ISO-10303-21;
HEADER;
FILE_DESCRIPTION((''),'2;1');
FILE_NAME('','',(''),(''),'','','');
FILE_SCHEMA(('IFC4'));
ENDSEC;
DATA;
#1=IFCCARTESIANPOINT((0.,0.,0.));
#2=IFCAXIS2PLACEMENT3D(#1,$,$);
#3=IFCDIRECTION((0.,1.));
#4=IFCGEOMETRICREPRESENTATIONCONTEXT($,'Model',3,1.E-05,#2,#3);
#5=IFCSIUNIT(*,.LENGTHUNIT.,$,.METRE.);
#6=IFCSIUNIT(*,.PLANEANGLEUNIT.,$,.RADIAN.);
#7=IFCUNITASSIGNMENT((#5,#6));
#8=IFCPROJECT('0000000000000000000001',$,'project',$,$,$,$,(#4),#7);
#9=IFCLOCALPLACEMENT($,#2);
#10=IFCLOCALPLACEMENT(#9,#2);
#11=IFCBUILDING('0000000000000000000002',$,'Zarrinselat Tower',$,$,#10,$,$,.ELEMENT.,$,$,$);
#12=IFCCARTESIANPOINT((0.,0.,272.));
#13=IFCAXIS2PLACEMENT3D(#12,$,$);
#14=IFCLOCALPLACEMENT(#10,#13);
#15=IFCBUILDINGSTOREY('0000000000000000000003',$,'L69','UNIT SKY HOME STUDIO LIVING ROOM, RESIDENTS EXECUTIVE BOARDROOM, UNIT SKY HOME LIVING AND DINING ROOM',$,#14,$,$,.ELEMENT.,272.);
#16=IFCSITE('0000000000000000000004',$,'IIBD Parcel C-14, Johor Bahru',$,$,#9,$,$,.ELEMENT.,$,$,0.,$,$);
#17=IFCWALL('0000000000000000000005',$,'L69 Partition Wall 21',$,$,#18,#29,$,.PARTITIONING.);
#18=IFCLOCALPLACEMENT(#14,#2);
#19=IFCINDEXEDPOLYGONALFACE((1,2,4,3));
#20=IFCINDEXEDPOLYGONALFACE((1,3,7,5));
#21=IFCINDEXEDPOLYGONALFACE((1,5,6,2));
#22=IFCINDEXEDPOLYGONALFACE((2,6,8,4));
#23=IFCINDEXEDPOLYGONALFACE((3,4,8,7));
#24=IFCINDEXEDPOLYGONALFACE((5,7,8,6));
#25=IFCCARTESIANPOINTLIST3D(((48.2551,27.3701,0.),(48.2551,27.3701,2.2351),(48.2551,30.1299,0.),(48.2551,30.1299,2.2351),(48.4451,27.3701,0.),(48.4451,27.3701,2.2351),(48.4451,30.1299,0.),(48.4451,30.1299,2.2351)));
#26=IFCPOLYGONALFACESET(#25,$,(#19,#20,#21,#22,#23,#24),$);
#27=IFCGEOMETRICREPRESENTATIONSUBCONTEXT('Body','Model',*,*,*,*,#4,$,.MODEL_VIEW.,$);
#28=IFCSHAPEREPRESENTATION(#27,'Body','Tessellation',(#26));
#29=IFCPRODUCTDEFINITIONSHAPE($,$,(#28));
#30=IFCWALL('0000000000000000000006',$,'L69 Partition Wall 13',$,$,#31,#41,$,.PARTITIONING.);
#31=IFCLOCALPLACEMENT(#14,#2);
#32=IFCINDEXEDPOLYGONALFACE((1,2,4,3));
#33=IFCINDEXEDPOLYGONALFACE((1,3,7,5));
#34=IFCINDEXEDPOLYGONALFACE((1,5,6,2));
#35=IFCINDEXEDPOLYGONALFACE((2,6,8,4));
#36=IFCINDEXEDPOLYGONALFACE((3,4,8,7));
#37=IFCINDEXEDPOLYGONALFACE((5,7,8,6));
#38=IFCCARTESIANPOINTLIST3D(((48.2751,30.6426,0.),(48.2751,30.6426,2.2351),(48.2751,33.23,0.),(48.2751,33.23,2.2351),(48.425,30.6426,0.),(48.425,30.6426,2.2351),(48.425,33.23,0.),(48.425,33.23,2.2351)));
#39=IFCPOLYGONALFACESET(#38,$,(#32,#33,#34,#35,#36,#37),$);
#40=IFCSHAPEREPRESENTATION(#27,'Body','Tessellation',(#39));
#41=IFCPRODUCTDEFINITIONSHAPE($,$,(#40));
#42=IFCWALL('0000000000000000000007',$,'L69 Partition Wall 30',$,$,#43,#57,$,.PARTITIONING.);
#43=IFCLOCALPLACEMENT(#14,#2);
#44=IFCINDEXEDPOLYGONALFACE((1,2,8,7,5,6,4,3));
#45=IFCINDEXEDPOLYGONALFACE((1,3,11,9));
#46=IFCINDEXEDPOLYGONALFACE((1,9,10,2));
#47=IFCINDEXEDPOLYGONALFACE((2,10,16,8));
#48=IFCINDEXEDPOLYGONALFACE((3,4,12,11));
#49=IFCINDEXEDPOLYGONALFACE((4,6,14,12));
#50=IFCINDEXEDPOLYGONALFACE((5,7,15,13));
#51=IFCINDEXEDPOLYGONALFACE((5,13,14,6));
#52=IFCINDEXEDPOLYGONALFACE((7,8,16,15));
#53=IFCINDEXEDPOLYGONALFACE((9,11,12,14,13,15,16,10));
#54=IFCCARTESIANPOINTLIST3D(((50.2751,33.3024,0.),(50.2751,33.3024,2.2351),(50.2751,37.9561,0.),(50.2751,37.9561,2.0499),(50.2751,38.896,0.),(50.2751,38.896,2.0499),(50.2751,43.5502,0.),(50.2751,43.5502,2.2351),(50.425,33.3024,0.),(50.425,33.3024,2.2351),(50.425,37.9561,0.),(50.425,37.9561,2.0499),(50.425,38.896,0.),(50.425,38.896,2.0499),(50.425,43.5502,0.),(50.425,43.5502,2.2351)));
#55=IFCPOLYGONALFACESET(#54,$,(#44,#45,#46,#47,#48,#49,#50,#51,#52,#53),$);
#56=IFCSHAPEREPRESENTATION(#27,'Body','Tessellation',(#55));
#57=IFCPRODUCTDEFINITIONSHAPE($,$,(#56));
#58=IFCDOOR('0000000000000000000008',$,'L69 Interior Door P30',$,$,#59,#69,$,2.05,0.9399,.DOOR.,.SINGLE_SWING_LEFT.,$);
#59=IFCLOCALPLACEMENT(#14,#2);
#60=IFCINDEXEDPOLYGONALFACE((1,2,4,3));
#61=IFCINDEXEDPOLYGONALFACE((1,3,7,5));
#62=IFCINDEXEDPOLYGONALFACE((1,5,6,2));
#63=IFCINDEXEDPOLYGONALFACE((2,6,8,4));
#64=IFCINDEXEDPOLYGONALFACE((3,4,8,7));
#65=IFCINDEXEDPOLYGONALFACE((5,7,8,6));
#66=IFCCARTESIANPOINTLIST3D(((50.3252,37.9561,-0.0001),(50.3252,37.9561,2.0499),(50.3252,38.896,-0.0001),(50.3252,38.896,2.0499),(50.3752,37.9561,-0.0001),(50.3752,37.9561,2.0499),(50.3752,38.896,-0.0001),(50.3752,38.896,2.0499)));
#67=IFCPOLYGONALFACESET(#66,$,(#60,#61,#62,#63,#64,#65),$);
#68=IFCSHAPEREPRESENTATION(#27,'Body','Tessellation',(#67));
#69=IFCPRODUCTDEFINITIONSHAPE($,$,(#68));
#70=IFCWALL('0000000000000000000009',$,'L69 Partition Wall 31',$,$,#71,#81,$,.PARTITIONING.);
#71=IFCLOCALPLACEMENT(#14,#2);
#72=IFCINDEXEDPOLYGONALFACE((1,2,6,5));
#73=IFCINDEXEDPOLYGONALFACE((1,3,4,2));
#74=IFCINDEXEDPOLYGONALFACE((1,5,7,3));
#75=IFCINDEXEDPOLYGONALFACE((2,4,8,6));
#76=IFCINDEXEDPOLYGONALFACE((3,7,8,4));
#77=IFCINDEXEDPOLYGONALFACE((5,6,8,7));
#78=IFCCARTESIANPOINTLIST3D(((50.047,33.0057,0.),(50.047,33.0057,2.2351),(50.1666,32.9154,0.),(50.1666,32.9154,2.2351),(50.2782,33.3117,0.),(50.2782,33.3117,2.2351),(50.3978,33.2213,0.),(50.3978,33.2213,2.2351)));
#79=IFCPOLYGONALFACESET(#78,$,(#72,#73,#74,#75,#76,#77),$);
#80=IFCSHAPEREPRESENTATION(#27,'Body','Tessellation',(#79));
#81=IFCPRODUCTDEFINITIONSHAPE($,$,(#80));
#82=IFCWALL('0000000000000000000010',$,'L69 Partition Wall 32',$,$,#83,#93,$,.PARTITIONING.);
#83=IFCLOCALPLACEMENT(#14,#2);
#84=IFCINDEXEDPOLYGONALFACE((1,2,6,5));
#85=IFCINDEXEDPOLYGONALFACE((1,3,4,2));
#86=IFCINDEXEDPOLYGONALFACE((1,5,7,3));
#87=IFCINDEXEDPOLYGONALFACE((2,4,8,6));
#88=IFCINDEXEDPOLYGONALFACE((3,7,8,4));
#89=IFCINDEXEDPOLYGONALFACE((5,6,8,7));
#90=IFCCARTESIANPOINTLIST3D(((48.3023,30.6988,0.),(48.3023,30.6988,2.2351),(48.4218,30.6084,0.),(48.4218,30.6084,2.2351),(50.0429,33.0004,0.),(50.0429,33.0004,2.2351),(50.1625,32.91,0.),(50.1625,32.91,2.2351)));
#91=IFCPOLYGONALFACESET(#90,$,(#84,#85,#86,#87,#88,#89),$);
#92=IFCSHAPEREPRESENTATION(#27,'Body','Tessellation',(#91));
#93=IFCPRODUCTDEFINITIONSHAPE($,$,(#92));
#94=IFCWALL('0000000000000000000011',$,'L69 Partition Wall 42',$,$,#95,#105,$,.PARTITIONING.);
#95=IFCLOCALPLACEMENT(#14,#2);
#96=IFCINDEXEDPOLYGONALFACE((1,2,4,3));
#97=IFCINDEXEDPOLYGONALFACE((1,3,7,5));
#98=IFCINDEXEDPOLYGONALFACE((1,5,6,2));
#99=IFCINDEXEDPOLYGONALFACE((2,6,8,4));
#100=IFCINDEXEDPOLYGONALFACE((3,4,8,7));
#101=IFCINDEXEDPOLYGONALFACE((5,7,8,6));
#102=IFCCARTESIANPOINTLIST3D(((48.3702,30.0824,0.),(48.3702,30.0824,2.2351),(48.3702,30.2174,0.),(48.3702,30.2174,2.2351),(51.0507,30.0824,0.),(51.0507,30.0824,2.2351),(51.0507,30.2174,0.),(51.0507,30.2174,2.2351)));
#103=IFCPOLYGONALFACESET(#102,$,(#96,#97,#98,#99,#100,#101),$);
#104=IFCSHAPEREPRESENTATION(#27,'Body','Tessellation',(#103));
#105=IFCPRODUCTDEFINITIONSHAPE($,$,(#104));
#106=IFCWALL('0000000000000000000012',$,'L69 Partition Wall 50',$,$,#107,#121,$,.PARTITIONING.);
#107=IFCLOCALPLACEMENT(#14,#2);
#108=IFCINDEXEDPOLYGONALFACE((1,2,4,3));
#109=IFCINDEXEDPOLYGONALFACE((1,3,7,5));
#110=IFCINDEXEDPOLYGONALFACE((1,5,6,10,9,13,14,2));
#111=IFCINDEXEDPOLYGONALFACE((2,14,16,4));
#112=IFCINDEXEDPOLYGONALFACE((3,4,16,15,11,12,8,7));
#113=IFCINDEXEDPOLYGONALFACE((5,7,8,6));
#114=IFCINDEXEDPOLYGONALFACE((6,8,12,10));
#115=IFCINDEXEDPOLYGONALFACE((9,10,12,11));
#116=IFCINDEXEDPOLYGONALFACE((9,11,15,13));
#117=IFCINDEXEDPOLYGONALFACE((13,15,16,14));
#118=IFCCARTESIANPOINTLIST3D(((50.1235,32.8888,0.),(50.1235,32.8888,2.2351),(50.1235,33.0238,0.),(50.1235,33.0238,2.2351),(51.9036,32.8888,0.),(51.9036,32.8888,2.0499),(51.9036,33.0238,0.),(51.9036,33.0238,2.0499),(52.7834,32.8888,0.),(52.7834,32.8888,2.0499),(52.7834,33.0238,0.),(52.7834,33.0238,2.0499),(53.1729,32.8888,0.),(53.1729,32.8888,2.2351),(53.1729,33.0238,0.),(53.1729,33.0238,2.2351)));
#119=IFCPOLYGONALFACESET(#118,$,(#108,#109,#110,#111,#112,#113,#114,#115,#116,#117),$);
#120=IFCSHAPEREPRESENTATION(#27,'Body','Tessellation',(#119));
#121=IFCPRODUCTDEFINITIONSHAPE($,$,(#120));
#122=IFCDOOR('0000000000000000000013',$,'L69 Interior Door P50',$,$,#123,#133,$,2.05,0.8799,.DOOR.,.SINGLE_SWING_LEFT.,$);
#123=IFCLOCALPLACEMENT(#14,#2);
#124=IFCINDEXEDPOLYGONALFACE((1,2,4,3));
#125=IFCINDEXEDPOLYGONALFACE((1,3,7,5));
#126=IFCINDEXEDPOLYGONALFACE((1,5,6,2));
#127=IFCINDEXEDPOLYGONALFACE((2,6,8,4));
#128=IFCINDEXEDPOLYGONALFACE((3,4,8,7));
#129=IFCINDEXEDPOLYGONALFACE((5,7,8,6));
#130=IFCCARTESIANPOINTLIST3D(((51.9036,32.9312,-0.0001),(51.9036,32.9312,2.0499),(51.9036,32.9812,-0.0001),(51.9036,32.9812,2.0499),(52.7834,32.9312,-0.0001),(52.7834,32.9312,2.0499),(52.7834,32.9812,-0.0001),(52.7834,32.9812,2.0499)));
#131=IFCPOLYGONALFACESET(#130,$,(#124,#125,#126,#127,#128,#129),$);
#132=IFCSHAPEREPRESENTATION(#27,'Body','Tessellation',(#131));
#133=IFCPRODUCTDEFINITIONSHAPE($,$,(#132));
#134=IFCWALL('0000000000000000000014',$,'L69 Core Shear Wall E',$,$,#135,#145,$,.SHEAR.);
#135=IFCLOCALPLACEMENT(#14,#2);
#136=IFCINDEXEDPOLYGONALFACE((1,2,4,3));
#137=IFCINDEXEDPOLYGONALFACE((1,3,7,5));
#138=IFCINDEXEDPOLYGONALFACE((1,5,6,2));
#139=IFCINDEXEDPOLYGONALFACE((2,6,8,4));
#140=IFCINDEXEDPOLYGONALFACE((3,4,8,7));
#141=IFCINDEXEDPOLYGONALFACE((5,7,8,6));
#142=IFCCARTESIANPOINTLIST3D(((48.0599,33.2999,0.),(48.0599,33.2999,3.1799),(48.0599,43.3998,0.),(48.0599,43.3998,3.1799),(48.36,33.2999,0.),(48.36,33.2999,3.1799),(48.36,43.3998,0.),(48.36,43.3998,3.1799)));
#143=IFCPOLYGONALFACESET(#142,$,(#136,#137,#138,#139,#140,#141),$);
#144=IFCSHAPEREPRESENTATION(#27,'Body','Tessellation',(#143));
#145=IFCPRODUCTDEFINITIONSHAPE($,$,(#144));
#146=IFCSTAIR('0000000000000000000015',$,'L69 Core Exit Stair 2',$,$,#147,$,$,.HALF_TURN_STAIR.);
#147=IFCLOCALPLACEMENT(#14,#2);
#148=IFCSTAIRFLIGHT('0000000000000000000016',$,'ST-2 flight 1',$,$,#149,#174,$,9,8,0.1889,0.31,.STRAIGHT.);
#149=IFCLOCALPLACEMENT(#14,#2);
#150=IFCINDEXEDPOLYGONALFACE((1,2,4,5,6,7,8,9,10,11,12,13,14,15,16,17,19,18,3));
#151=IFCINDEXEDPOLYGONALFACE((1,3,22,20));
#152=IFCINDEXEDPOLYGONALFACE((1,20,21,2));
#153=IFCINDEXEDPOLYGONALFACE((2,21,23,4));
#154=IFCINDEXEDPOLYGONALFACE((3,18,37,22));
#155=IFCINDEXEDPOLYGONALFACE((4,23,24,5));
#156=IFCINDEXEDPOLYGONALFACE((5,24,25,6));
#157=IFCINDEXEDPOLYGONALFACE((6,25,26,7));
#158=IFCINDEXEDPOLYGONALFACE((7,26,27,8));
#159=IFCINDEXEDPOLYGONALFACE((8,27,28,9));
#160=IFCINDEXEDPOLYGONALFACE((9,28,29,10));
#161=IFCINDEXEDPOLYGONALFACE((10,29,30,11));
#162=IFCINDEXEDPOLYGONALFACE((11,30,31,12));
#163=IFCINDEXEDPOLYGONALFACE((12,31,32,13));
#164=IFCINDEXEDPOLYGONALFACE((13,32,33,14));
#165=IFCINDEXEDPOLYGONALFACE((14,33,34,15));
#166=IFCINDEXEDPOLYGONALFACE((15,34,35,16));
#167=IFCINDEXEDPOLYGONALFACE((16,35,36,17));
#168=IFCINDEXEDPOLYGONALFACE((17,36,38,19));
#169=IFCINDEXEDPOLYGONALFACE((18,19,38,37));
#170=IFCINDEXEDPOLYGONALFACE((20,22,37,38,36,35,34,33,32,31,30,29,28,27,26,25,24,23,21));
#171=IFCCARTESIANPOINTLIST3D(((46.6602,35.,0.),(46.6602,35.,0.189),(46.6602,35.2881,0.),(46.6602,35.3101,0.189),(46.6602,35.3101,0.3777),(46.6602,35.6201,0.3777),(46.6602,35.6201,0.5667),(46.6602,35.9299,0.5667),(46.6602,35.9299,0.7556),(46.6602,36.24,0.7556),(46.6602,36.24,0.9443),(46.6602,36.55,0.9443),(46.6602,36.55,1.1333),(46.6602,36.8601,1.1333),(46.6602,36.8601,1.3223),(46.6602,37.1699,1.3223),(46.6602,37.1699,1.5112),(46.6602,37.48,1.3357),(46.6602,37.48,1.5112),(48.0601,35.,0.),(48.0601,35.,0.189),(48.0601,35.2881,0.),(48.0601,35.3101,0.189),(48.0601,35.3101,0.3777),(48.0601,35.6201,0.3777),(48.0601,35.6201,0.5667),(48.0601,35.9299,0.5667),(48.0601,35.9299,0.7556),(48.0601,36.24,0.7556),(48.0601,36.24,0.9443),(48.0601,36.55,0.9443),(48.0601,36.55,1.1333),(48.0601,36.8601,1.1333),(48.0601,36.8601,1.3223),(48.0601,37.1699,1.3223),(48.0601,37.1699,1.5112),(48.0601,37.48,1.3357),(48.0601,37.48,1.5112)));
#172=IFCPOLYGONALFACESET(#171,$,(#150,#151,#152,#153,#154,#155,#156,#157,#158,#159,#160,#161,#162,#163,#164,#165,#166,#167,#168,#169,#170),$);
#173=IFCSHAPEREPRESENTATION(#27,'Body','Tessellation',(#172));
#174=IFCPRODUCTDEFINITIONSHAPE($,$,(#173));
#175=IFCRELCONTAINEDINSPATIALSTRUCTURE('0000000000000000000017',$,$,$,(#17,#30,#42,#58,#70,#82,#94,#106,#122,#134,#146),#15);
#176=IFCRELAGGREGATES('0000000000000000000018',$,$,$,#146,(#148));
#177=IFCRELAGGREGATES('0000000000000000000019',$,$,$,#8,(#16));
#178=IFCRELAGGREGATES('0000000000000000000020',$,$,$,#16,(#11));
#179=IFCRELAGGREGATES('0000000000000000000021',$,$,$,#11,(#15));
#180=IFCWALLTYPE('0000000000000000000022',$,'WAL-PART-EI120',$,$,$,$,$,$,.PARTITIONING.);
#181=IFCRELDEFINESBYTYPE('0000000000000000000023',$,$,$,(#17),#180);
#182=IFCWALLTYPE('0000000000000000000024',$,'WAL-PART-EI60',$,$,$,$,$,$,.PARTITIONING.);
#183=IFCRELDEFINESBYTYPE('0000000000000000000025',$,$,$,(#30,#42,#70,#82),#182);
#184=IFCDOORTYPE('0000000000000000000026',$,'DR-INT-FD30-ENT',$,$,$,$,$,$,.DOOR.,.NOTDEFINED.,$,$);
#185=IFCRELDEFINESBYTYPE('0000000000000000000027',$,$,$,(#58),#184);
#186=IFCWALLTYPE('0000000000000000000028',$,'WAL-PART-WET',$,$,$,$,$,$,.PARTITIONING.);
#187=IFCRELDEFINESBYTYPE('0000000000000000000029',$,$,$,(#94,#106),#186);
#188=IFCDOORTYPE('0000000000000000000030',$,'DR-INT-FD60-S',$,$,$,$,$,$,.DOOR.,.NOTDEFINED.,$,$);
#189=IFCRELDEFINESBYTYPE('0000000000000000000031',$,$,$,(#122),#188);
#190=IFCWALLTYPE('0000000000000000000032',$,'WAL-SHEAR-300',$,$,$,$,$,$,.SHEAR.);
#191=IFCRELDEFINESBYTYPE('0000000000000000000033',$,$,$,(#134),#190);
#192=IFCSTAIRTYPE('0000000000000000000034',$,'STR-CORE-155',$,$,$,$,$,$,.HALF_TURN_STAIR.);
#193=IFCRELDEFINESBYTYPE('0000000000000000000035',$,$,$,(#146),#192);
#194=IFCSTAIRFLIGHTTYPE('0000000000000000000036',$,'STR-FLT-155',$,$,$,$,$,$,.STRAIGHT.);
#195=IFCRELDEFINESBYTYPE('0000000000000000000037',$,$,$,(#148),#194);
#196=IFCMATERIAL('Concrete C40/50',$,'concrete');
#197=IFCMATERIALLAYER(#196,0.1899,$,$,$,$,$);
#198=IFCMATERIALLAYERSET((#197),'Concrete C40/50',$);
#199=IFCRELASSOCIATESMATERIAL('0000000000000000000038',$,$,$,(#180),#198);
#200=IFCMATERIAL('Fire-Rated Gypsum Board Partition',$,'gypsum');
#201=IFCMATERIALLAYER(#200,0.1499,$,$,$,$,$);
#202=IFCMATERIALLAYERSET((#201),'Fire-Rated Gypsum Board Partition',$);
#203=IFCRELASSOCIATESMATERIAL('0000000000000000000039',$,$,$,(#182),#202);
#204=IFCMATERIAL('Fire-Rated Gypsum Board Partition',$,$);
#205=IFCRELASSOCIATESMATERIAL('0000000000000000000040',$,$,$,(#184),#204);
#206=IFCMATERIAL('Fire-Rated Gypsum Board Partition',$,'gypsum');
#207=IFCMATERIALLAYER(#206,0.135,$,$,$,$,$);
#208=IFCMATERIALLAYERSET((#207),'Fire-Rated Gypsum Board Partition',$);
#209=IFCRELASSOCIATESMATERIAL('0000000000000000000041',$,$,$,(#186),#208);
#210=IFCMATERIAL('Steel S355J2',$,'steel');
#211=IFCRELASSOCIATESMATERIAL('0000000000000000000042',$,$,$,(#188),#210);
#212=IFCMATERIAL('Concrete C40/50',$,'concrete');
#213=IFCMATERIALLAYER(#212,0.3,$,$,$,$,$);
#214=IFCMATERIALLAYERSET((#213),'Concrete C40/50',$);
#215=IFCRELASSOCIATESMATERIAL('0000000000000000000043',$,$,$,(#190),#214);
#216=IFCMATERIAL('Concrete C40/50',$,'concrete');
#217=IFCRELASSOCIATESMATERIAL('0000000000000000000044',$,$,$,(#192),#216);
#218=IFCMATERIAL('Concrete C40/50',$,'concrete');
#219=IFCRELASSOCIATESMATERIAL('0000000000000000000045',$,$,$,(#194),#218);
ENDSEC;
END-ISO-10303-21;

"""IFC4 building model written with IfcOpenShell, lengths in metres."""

from ifc_helpers import new_model, si_unit, direction, frame, frame_2d, origin, place, context, subcontext, project, spatial, polyline, rectangle, outline, extrude, material, layer, layer_set, type_object, element, fill, aggregate, save


model = new_model("IFC4")

# Units and contexts
model_context = context("Model", 3, precision=1e-05, world=origin(), true_north=direction((0.0, 1.0)))
body_context = subcontext(model_context, "Body", "Model", "MODEL_VIEW")
ifc_project = project(units=[si_unit("LENGTHUNIT", "METRE"), si_unit("PLANEANGLEUNIT", "RADIAN")], contexts=[model_context])

# Site, building, storey
site_placement = place(None, origin())
site = spatial("IfcSite", under=ifc_project, at=site_placement, Name="IIBD Parcel C-14, Johor Bahru", CompositionType="ELEMENT", RefElevation=0.0)
building_placement = place(site_placement, origin())
building = spatial("IfcBuilding", under=site, at=building_placement, Name="Zarrinselat Tower", CompositionType="ELEMENT")
storey_placement = place(building_placement, frame((0.0, 0.0, 272.0)))
storey = spatial("IfcBuildingStorey", under=building, at=storey_placement, Name="L69", Description="UNIT SKY HOME STUDIO LIVING ROOM, RESIDENTS EXECUTIVE BOARDROOM, UNIT SKY HOME LIVING AND DINING ROOM", CompositionType="ELEMENT", Elevation=272.0)

# Walls
ifc_material_1 = material(Name="Concrete C40/50", Category="concrete")
ifc_layer_1 = layer(ifc_material_1, 0.1899)
ifc_layer_set_1 = layer_set([ifc_layer_1], Name="Concrete C40/50")
wall_type_1 = type_object("IfcWallType", Name="WAL-PART-EI120", PredefinedType="PARTITIONING", material=ifc_layer_set_1)
wall_1_placement = place(storey_placement, frame((48.3501, 27.3701, 0.0), z_axis=(0.0, 0.0, 1.0), x_axis=(0.0, 1.0, 0.0)))
element("IfcWall", 1, at=wall_1_placement, inside=storey, type_object=wall_type_1, Name="L69 Partition Wall 21", PredefinedType="PARTITIONING", context=body_context, shape_type="SweptSolid", body=[
    extrude(rectangle(XDim=2.7598, YDim=0.1899, at=frame_2d((1.3799, 0.0))), origin(), (0.0, 0.0, 1.0), 2.2351),
])
ifc_material_2 = material(Name="Fire-Rated Gypsum Board Partition", Category="gypsum")
ifc_layer_2 = layer(ifc_material_2, 0.1499)
ifc_layer_set_2 = layer_set([ifc_layer_2], Name="Fire-Rated Gypsum Board Partition")
wall_type_2 = type_object("IfcWallType", Name="WAL-PART-EI60", PredefinedType="PARTITIONING", material=ifc_layer_set_2)
wall_2_placement = place(storey_placement, frame((48.3501, 30.6426, 0.0), z_axis=(0.0, 0.0, 1.0), x_axis=(0.0, 1.0, 0.0)))
element("IfcWall", 2, at=wall_2_placement, inside=storey, type_object=wall_type_2, Name="L69 Partition Wall 13", PredefinedType="PARTITIONING", context=body_context, shape_type="SweptSolid", body=[
    extrude(rectangle(XDim=2.5874, YDim=0.1499, at=frame_2d((1.2937, 0.0))), origin(), (0.0, 0.0, 1.0), 2.2351),
])

# Wall, opening, door
wall_3_placement = place(storey_placement, frame((50.3501, 33.3022, 0.0), z_axis=(0.0, 0.0, 1.0), x_axis=(0.0, 1.0, 0.0)))
wall_3 = element("IfcWall", 3, at=wall_3_placement, inside=storey, type_object=wall_type_2, Name="L69 Partition Wall 30", PredefinedType="PARTITIONING", context=body_context, shape_type="SweptSolid", body=[
    extrude(rectangle(XDim=10.2478, YDim=0.1499, at=frame_2d((5.124, 0.0))), origin(), (0.0, 0.0, 1.0), 2.2351),
])
opening_1_placement = place(wall_3_placement, frame((4.6538, 0.0, 0.0)))
opening_1 = element("IfcOpeningElement", 4, at=opening_1_placement, cuts=wall_3, PredefinedType="OPENING", context=body_context, shape_type="SweptSolid", body=[
    extrude(rectangle(XDim=0.9399, YDim=2.05, at=frame_2d((0.47, 1.0249))), frame((0.0, 0.085, 0.0), z_axis=(0.0, -1.0, 0.0), x_axis=(1.0, 0.0, 0.0)), (0.0, 0.0, 1.0), 0.1699),
])
ifc_material_3 = material(Name="Fire-Rated Gypsum Board Partition")
door_type_1 = type_object("IfcDoorType", Name="DR-INT-FD30-ENT", OperationType="NOTDEFINED", PredefinedType="DOOR", material=ifc_material_3)
door_1_placement = place(opening_1_placement, origin())
door_1 = element("IfcDoor", 5, at=door_1_placement, inside=storey, type_object=door_type_1, Name="L69 Interior Door P30", OperationType="SINGLE_SWING_LEFT", OverallHeight=2.05, OverallWidth=0.9399, PredefinedType="DOOR", context=body_context, shape_type="SweptSolid", body=[
    extrude(rectangle(XDim=0.9399, YDim=2.05, at=frame_2d((0.47, 1.0249))), frame((0.0, 0.0249, 0.0), z_axis=(0.0, -1.0, 0.0), x_axis=(1.0, 0.0, 0.0)), (0.0, 0.0, 1.0), 0.05),
])
fill(opening_1, door_1)

# Walls
wall_4_placement = place(storey_placement, frame((50.1067, 32.9604, 0.0), z_axis=(0.0, 0.0, 1.0), x_axis=(0.60295, 0.797779, 0.0)))
element("IfcWall", 6, at=wall_4_placement, inside=storey, type_object=wall_type_2, Name="L69 Partition Wall 31", PredefinedType="PARTITIONING", context=body_context, shape_type="SweptSolid", body=[
    extrude(rectangle(XDim=0.3835, YDim=0.1499, at=frame_2d((0.1919, 0.0))), origin(), (0.0, 0.0, 1.0), 2.2351),
])
wall_5_placement = place(storey_placement, frame((48.3621, 30.6536, 0.0), z_axis=(0.0, 0.0, 1.0), x_axis=(0.60319, 0.797598, 0.0)))
element("IfcWall", 7, at=wall_5_placement, inside=storey, type_object=wall_type_2, Name="L69 Partition Wall 32", PredefinedType="PARTITIONING", context=body_context, shape_type="SweptSolid", body=[
    extrude(rectangle(XDim=2.8857, YDim=0.1499, at=frame_2d((1.4429, 0.0))), origin(), (0.0, 0.0, 1.0), 2.2351),
])
ifc_material_4 = material(Name="Fire-Rated Gypsum Board Partition", Category="gypsum")
ifc_layer_3 = layer(ifc_material_4, 0.135)
ifc_layer_set_3 = layer_set([ifc_layer_3], Name="Fire-Rated Gypsum Board Partition")
wall_type_3 = type_object("IfcWallType", Name="WAL-PART-WET", PredefinedType="PARTITIONING", material=ifc_layer_set_3)
wall_6_placement = place(storey_placement, frame((48.3701, 30.1499, 0.0), z_axis=(0.0, 0.0, 1.0), x_axis=(1.0, 0.0, 0.0)))
element("IfcWall", 8, at=wall_6_placement, inside=storey, type_object=wall_type_3, Name="L69 Partition Wall 42", PredefinedType="PARTITIONING", context=body_context, shape_type="SweptSolid", body=[
    extrude(rectangle(XDim=2.6804, YDim=0.135, at=frame_2d((1.3403, 0.0))), origin(), (0.0, 0.0, 1.0), 2.2351),
])

# Wall, opening, door
wall_7_placement = place(storey_placement, frame((50.1235, 32.9563, 0.0), z_axis=(0.0, 0.0, 1.0), x_axis=(1.0, 0.0, 0.0)))
wall_7 = element("IfcWall", 9, at=wall_7_placement, inside=storey, type_object=wall_type_3, Name="L69 Partition Wall 50", PredefinedType="PARTITIONING", context=body_context, shape_type="SweptSolid", body=[
    extrude(rectangle(XDim=3.0493, YDim=0.135, at=frame_2d((1.5247, 0.0))), origin(), (0.0, 0.0, 1.0), 2.2351),
])
opening_2_placement = place(wall_7_placement, frame((1.78, 0.0, 0.0)))
opening_2 = element("IfcOpeningElement", 10, at=opening_2_placement, cuts=wall_7, PredefinedType="OPENING", context=body_context, shape_type="SweptSolid", body=[
    extrude(rectangle(XDim=0.8799, YDim=2.05, at=frame_2d((0.4399, 1.0249))), frame((0.0, 0.0774, 0.0), z_axis=(0.0, -1.0, 0.0), x_axis=(1.0, 0.0, 0.0)), (0.0, 0.0, 1.0), 0.155),
])
ifc_material_5 = material(Name="Steel S355J2", Category="steel")
door_type_2 = type_object("IfcDoorType", Name="DR-INT-FD60-S", OperationType="NOTDEFINED", PredefinedType="DOOR", material=ifc_material_5)
door_2_placement = place(opening_2_placement, origin())
door_2 = element("IfcDoor", 11, at=door_2_placement, inside=storey, type_object=door_type_2, Name="L69 Interior Door P50", OperationType="SINGLE_SWING_LEFT", OverallHeight=2.05, OverallWidth=0.8799, PredefinedType="DOOR", context=body_context, shape_type="SweptSolid", body=[
    extrude(rectangle(XDim=0.8799, YDim=2.05, at=frame_2d((0.4399, 1.0249))), frame((0.0, 0.0249, 0.0), z_axis=(0.0, -1.0, 0.0), x_axis=(1.0, 0.0, 0.0)), (0.0, 0.0, 1.0), 0.05),
])
fill(opening_2, door_2)

# Wall
ifc_material_6 = material(Name="Concrete C40/50", Category="concrete")
ifc_layer_4 = layer(ifc_material_6, 0.3)
ifc_layer_set_4 = layer_set([ifc_layer_4], Name="Concrete C40/50")
wall_type_4 = type_object("IfcWallType", Name="WAL-SHEAR-300", PredefinedType="SHEAR", material=ifc_layer_set_4)
wall_8_placement = place(storey_placement, frame((48.21, 33.3, 0.0), z_axis=(0.0, 0.0, 1.0), x_axis=(0.0, 1.0, 0.0)))
element("IfcWall", 12, at=wall_8_placement, inside=storey, type_object=wall_type_4, Name="L69 Core Shear Wall E", PredefinedType="SHEAR", context=body_context, shape_type="SweptSolid", body=[
    extrude(rectangle(XDim=10.0999, YDim=0.3, at=frame_2d((5.0498, 0.0))), origin(), (0.0, 0.0, 1.0), 3.1799),
])

# Stair, stair flight
ifc_material_7 = material(Name="Concrete C40/50", Category="concrete")
stair_type = type_object("IfcStairType", Name="STR-CORE-155", PredefinedType="HALF_TURN_STAIR", material=ifc_material_7)
stair_placement = place(storey_placement, origin())
stair = element("IfcStair", 13, at=stair_placement, inside=storey, type_object=stair_type, Name="L69 Core Exit Stair 2", PredefinedType="HALF_TURN_STAIR")
ifc_material_8 = material(Name="Concrete C40/50", Category="concrete")
stair_flight_type = type_object("IfcStairFlightType", Name="STR-FLT-155", PredefinedType="STRAIGHT", material=ifc_material_8)
stair_flight_placement = place(storey_placement, frame((47.3601, 35.0, 0.0), z_axis=(0.0, 0.0, 1.0), x_axis=(0.0, 1.0, 0.0)))
stair_flight = element("IfcStairFlight", 14, at=stair_flight_placement, type_object=stair_flight_type, Name="ST-2 flight 1", NumberOfRisers=9, NumberOfTreads=8, PredefinedType="STRAIGHT", RiserHeight=0.1889, TreadLength=0.31, context=body_context, shape_type="SweptSolid", body=[
    extrude(outline(polyline([(0.0, 0.0), (0.0, 0.189), (0.3101, 0.189), (0.3101, 0.3777), (0.6201, 0.3777), (0.6201, 0.5667), (0.9299, 0.5667), (0.9299, 0.7556), (1.24, 0.7556), (1.24, 0.9443), (1.55, 0.9443), (1.55, 1.1333), (1.8601, 1.1333), (1.8601, 1.3223), (2.1699, 1.3223), (2.1699, 1.5112), (2.48, 1.5112), (2.48, 1.7), (2.48, 1.3357), (0.2881, 0.0), (0.0, 0.0)])), frame((0.0, 0.7, 0.0), z_axis=(0.0, -1.0, 0.0), x_axis=(1.0, 0.0, 0.0)), (0.0, 0.0, 1.0), 1.3999),
])
aggregate(stair, [stair_flight])

save(model, "model.ifc")
